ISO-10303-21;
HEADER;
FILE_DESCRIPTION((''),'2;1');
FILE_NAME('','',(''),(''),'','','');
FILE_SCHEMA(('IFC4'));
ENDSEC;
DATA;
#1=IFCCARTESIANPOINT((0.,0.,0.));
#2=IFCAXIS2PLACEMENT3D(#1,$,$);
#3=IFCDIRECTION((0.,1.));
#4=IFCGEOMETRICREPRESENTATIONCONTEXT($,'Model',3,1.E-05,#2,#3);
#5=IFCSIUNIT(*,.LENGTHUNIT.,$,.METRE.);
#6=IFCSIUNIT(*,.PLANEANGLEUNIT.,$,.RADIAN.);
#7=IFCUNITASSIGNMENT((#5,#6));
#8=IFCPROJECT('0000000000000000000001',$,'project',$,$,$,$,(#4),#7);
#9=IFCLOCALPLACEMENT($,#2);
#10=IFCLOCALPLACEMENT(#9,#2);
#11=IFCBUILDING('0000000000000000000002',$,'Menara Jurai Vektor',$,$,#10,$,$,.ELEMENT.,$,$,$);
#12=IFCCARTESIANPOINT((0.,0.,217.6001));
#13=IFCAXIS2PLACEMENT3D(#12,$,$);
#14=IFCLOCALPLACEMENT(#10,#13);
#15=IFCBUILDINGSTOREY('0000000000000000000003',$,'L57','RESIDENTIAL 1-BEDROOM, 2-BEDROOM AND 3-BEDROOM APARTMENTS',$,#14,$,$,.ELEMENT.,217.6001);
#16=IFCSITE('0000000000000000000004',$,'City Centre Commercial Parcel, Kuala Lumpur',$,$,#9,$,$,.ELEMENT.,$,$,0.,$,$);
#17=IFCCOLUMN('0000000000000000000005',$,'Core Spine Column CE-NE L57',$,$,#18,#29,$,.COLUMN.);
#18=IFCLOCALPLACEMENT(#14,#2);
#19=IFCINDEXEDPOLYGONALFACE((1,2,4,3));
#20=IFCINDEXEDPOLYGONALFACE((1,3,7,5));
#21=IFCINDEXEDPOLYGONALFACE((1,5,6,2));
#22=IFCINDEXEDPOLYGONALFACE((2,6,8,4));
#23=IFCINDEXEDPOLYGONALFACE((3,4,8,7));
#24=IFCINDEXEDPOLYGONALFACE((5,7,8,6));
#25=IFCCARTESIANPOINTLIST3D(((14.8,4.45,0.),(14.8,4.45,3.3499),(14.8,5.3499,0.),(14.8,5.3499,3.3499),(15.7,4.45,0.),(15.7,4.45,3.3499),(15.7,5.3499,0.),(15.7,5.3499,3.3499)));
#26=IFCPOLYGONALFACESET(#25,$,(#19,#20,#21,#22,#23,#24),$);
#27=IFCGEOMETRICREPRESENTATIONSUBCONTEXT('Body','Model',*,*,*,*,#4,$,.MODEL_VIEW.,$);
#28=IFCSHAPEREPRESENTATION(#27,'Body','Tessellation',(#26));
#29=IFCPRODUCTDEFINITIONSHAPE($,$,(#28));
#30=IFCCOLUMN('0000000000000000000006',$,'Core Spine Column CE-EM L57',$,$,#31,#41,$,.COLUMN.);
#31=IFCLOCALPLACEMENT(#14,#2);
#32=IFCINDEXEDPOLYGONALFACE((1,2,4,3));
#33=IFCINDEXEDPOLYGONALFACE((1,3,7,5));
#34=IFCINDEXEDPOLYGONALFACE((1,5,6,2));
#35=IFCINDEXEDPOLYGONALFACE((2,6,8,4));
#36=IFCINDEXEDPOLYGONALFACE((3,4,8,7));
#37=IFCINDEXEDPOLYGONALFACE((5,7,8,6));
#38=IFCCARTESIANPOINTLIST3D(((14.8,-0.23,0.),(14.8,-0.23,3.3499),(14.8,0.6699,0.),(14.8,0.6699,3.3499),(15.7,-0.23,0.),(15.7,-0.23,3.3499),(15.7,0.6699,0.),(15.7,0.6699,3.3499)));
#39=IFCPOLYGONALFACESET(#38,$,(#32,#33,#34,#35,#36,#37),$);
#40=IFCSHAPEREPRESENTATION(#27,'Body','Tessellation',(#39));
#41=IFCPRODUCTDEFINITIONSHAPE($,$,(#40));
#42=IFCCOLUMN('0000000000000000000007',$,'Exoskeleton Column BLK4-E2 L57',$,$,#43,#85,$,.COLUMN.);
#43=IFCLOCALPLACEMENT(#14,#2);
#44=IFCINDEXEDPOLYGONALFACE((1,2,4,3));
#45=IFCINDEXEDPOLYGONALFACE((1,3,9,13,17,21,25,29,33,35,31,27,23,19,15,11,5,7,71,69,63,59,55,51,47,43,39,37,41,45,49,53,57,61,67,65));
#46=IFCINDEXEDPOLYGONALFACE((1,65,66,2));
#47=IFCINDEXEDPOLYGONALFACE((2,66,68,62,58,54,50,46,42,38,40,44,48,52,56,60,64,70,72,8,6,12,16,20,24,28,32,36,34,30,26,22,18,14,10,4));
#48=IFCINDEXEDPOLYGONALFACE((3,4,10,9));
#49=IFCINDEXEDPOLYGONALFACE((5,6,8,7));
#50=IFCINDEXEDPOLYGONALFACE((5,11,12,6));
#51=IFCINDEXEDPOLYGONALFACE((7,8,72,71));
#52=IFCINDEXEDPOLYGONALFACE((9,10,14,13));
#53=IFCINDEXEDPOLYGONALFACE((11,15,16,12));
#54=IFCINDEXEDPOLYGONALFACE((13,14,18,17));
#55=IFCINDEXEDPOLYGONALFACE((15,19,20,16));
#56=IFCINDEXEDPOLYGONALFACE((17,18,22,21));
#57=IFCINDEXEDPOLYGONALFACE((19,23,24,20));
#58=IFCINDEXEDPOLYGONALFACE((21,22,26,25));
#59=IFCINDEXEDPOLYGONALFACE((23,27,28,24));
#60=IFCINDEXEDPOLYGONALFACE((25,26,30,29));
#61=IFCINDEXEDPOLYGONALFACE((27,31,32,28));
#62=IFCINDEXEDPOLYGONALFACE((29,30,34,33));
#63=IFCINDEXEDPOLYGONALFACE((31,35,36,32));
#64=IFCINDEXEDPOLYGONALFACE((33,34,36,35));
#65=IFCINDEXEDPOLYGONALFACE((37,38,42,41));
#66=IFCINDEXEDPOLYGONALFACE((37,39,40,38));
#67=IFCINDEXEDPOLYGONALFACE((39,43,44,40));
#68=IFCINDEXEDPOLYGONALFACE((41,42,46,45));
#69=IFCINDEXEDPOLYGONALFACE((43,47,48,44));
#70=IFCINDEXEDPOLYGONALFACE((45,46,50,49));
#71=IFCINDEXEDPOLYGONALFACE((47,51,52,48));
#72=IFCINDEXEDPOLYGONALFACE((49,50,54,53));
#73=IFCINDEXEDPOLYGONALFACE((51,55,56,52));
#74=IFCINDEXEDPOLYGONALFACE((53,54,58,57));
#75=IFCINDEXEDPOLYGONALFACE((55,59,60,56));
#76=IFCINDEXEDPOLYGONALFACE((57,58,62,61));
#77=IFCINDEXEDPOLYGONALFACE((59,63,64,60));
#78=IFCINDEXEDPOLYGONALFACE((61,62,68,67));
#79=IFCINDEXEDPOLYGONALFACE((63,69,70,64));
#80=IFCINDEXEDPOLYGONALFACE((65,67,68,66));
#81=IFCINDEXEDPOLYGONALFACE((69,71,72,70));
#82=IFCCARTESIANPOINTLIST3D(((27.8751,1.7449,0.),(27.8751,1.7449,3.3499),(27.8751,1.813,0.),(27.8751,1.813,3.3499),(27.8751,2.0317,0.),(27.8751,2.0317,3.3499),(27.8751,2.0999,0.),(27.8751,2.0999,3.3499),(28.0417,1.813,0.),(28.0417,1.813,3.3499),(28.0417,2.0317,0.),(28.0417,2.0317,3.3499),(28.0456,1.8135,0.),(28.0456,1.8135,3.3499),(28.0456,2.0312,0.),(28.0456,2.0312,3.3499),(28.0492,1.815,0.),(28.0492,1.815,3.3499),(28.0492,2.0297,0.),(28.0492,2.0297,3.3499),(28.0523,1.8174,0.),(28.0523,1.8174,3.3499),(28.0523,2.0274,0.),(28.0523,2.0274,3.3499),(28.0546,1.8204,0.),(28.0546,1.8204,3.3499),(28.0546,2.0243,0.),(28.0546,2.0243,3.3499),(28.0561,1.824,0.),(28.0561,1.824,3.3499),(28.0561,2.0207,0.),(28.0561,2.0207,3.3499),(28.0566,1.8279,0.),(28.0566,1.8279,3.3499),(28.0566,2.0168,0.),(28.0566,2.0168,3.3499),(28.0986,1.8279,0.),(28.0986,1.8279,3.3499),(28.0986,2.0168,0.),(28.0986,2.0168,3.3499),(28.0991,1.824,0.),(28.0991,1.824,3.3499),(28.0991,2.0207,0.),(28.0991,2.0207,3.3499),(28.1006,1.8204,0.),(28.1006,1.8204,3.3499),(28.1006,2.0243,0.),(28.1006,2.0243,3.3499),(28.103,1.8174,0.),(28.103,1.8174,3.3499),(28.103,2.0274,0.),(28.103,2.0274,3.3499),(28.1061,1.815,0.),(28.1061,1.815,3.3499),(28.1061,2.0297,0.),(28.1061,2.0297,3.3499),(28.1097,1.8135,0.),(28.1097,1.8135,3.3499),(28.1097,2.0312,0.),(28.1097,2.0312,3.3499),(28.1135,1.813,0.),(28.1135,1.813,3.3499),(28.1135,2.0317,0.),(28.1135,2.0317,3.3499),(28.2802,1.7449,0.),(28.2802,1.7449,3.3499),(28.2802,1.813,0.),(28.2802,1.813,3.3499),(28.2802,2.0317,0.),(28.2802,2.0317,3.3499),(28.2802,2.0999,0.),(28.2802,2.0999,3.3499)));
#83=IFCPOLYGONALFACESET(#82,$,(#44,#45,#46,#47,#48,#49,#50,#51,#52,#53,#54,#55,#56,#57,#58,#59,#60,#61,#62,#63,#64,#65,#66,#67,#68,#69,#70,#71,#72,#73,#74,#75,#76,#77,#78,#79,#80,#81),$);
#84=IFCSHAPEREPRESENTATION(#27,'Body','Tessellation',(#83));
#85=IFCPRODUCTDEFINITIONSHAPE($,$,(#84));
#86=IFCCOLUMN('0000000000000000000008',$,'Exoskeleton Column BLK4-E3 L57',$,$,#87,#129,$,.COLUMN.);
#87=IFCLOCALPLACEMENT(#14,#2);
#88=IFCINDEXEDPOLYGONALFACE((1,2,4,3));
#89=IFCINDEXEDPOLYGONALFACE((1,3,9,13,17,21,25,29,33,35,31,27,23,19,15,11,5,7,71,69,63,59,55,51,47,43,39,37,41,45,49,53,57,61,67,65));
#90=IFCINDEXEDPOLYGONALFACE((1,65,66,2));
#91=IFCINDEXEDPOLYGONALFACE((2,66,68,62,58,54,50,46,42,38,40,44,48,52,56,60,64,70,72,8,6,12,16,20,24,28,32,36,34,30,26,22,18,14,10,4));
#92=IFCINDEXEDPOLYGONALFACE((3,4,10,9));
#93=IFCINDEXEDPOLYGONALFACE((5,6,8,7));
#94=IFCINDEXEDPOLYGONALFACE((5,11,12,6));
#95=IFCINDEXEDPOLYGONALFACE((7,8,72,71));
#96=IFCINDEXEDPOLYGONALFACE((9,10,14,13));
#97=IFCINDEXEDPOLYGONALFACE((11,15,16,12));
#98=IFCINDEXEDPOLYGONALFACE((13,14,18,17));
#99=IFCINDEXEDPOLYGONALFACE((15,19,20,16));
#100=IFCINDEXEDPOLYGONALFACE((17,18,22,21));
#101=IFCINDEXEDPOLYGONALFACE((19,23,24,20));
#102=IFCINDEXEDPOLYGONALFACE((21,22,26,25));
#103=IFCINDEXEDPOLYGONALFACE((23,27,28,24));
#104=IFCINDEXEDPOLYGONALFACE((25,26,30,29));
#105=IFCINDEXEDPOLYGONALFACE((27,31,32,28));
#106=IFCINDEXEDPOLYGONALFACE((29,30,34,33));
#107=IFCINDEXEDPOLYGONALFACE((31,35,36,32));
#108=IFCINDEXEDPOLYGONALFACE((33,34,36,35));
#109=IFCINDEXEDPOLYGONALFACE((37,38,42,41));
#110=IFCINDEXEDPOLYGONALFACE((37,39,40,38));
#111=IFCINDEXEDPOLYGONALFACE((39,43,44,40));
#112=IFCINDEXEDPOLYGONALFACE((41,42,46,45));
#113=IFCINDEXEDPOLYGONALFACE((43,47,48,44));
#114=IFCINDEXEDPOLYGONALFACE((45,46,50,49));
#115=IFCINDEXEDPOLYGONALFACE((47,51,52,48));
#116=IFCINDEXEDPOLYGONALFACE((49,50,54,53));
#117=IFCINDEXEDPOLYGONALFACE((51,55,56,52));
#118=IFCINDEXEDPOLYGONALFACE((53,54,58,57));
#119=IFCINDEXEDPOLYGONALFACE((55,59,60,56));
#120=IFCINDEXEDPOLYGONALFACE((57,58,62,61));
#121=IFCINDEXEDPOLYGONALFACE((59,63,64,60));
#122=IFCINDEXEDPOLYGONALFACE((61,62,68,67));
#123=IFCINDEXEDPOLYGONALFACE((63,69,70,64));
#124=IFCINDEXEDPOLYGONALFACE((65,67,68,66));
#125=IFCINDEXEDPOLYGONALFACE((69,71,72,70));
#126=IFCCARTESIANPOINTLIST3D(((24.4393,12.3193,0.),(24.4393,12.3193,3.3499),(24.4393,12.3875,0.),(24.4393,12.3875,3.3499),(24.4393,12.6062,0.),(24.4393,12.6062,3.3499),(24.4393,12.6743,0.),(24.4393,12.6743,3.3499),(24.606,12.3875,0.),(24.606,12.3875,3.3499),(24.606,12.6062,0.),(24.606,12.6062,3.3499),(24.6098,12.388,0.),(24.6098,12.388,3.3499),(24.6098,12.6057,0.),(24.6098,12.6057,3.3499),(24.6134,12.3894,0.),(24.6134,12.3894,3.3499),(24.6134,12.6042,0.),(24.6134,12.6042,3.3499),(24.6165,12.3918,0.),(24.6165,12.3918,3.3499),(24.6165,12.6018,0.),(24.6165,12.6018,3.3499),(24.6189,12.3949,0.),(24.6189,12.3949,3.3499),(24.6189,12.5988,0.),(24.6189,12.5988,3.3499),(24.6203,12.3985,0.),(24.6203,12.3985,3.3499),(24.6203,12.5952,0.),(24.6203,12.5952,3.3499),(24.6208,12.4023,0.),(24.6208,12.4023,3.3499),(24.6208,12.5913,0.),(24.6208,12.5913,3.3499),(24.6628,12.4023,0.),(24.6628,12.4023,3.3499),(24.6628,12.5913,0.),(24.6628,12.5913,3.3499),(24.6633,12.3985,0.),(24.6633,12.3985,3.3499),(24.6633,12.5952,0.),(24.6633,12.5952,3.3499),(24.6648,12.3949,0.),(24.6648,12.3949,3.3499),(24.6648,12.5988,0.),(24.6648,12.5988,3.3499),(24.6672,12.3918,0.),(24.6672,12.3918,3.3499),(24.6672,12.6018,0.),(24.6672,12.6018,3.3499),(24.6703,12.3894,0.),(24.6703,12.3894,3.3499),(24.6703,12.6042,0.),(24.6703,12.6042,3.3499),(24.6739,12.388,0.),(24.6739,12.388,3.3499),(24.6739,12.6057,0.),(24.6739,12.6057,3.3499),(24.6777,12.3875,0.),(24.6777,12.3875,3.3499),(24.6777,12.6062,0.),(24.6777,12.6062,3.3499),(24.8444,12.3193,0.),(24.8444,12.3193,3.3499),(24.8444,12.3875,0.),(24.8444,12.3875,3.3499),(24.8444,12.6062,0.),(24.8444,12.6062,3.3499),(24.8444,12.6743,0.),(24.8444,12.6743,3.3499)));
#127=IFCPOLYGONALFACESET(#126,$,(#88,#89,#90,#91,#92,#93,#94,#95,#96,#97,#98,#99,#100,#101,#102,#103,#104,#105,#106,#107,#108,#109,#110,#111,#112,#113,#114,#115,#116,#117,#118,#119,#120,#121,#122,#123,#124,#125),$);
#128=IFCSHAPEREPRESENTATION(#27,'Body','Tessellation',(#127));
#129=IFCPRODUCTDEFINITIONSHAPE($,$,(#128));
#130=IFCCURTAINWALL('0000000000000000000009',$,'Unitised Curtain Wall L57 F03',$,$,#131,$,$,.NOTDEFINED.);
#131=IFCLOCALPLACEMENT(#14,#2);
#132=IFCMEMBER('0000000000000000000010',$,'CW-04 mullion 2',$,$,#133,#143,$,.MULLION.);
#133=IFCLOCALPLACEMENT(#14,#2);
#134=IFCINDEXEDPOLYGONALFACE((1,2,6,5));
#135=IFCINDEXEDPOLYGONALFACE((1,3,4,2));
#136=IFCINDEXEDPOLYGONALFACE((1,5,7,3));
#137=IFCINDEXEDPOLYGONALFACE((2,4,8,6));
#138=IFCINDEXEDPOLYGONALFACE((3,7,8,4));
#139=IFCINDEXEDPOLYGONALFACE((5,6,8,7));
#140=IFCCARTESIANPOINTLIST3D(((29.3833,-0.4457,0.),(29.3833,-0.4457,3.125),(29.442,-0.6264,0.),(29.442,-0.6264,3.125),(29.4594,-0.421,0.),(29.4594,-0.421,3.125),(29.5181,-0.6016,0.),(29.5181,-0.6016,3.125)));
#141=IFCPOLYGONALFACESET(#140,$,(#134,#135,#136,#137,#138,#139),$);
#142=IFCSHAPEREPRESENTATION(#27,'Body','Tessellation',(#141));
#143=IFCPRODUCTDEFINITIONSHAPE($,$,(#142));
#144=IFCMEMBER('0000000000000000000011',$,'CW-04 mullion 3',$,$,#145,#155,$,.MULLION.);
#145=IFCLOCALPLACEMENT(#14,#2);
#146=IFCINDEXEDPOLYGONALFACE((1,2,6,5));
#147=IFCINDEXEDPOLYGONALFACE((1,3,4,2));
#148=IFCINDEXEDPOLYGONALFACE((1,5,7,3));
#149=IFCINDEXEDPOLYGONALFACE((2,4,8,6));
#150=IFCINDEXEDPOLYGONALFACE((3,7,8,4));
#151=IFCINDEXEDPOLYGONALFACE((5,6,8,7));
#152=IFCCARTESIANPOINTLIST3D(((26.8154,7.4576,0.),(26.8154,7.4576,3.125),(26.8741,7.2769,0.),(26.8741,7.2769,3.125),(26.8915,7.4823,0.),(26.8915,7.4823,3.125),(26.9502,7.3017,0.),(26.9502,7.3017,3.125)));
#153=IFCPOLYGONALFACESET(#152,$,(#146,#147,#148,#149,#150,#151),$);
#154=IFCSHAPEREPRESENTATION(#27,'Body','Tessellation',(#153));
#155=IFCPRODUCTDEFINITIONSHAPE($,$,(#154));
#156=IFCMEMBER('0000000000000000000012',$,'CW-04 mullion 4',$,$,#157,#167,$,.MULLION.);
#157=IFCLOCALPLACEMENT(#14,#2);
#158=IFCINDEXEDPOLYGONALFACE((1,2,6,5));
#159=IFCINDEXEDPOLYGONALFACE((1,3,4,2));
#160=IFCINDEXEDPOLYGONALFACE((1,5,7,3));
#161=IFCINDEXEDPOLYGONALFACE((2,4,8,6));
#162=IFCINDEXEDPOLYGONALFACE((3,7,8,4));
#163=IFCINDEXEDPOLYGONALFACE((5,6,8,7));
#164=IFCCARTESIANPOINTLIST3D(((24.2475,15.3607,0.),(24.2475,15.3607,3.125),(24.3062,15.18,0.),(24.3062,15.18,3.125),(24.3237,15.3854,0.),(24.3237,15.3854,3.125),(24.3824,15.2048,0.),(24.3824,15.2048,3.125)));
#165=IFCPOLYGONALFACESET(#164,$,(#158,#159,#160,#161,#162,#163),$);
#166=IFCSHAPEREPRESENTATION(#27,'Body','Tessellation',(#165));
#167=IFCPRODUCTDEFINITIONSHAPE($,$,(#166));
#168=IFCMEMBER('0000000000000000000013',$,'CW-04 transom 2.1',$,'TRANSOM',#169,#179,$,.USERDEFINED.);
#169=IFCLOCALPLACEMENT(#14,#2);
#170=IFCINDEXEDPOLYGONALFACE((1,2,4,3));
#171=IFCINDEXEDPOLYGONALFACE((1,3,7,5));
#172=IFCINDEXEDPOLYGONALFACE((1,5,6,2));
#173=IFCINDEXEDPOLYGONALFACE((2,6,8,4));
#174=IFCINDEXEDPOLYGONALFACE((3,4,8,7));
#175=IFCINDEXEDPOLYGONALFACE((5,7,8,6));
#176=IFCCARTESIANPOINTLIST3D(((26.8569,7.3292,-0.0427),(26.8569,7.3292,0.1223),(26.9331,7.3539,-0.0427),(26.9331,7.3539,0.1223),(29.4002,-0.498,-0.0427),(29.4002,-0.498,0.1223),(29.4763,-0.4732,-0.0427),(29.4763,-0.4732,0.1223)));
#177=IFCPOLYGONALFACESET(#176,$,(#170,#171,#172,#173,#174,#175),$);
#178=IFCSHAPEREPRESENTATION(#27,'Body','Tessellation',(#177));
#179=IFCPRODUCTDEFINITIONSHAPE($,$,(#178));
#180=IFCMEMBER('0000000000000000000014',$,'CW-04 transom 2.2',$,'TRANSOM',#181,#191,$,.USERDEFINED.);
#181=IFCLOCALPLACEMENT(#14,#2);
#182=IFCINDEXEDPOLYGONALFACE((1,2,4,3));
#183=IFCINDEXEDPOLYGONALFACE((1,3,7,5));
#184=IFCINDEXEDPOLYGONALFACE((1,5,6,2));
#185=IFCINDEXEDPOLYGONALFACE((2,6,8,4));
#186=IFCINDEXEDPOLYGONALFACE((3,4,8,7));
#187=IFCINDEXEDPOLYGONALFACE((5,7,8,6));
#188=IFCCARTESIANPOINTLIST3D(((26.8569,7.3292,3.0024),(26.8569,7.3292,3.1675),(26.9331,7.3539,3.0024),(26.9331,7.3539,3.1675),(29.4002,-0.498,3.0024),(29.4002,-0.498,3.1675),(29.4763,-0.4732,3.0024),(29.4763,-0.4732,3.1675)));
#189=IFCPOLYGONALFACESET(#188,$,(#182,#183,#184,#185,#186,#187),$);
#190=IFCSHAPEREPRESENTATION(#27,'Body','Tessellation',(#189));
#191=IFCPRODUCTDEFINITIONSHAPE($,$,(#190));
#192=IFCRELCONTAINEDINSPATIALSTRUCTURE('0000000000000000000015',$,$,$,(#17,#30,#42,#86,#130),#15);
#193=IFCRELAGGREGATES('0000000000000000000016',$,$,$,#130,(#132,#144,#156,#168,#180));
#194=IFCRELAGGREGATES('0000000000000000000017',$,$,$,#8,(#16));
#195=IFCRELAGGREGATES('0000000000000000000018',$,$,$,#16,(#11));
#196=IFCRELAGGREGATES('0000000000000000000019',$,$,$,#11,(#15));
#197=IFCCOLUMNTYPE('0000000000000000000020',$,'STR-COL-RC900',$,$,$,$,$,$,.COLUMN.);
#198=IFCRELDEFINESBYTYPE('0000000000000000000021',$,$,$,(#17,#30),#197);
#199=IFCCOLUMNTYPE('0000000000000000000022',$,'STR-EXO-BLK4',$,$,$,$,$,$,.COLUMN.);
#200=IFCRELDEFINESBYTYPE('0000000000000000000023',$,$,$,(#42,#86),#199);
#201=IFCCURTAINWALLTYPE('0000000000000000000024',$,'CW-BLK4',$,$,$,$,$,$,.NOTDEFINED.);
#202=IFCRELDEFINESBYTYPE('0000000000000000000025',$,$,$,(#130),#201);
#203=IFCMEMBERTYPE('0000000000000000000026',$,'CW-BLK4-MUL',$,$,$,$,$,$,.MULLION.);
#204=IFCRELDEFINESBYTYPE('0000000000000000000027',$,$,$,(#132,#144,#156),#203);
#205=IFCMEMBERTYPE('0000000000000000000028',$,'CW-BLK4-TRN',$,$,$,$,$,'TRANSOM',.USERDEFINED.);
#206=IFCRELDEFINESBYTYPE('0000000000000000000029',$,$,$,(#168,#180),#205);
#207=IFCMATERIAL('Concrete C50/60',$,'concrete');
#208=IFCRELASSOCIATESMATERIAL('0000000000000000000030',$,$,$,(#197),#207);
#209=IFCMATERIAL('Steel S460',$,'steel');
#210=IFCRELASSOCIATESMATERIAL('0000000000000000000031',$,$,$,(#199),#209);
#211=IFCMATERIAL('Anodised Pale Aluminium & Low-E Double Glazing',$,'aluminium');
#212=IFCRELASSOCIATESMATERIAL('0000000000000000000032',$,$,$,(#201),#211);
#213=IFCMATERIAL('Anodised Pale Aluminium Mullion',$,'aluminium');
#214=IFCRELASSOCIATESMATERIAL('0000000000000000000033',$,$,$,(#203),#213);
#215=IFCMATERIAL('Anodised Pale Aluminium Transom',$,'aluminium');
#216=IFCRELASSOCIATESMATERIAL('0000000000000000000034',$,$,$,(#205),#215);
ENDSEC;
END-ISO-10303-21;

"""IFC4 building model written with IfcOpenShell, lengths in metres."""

from ifc_helpers import new_model, si_unit, direction, frame, origin, origin_2d, place, context, subcontext, project, spatial, rectangle, i_section, extrude, material, material_profile, profile_set, type_object, element, aggregate, save


model = new_model("IFC4")

# Units and contexts
model_context = context("Model", 3, precision=1e-05, world=origin(), true_north=direction((0.0, 1.0)))
body_context = subcontext(model_context, "Body", "Model", "MODEL_VIEW")
ifc_project = project(units=[si_unit("LENGTHUNIT", "METRE"), si_unit("PLANEANGLEUNIT", "RADIAN")], contexts=[model_context])

# Site, building, storey
site_placement = place(None, origin())
site = spatial("IfcSite", under=ifc_project, at=site_placement, Name="City Centre Commercial Parcel, Kuala Lumpur", CompositionType="ELEMENT", RefElevation=0.0)
building_placement = place(site_placement, origin())
building = spatial("IfcBuilding", under=site, at=building_placement, Name="Menara Jurai Vektor", CompositionType="ELEMENT")
storey_placement = place(building_placement, frame((0.0, 0.0, 217.6001)))
storey = spatial("IfcBuildingStorey", under=building, at=storey_placement, Name="L57", Description="RESIDENTIAL 1-BEDROOM, 2-BEDROOM AND 3-BEDROOM APARTMENTS", CompositionType="ELEMENT", Elevation=217.6001)

# Columns
ifc_material_1 = material(Name="Concrete C50/60", Category="concrete")
ifc_material_profile_1 = material_profile(ifc_material_1, rectangle(XDim=0.8999, YDim=0.8999, at=origin_2d()), Name="RC 900x900")
ifc_profile_set_1 = profile_set([ifc_material_profile_1], Name="Concrete C50/60")
column_type_1 = type_object("IfcColumnType", Name="STR-COL-RC900", PredefinedType="COLUMN", material=ifc_profile_set_1)
for number, where, z_axis, x_axis, name in (
    (1, (15.25, 4.8999, 0.0), (0.0, 0.0, 1.0), (1.0, 0.0, 0.0), "Core Spine Column CE-NE L57"),
    (2, (15.25, 0.22, 0.0), (0.0, 0.0, 1.0), (1.0, 0.0, 0.0), "Core Spine Column CE-EM L57"),
):
    element("IfcColumn", number, at=place(storey_placement, frame(where, z_axis=z_axis, x_axis=x_axis)), inside=storey, type_object=column_type_1, Name=name, PredefinedType="COLUMN", context=body_context, shape_type="SweptSolid", body=[
        extrude(rectangle(XDim=0.8999, YDim=0.8999, at=origin_2d()), origin(), (0.0, 0.0, 1.0), 3.3499),
    ])
ifc_material_2 = material(Name="Steel S460", Category="steel")
ifc_material_profile_2 = material_profile(ifc_material_2, i_section(OverallWidth=0.405, OverallDepth=0.355, WebThickness=0.042, FlangeThickness=0.0681, FilletRadius=0.0149, at=origin_2d()), Name="HD 400x551")
ifc_profile_set_2 = profile_set([ifc_material_profile_2], Name="Steel S460")
column_type_2 = type_object("IfcColumnType", Name="STR-EXO-BLK4", PredefinedType="COLUMN", material=ifc_profile_set_2)
for number, where, z_axis, x_axis, name in (
    (3, (28.0776, 1.9224, 0.0), (0.0, 0.0, 1.0), (1.0, 0.0, 0.0), "Exoskeleton Column BLK4-E2 L57"),
    (4, (24.6418, 12.4968, 0.0), (0.0, 0.0, 1.0), (1.0, 0.0, 0.0), "Exoskeleton Column BLK4-E3 L57"),
):
    element("IfcColumn", number, at=place(storey_placement, frame(where, z_axis=z_axis, x_axis=x_axis)), inside=storey, type_object=column_type_2, Name=name, PredefinedType="COLUMN", context=body_context, shape_type="SweptSolid", body=[
        extrude(i_section(OverallWidth=0.405, OverallDepth=0.355, WebThickness=0.042, FlangeThickness=0.0681, FilletRadius=0.0149, at=origin_2d()), origin(), (0.0, 0.0, 1.0), 3.3499),
    ])

# Curtain wall, members
ifc_material_3 = material(Name="Anodised Pale Aluminium & Low-E Double Glazing", Category="aluminium")
curtain_wall_type = type_object("IfcCurtainWallType", Name="CW-BLK4", PredefinedType="NOTDEFINED", material=ifc_material_3)
curtain_wall_placement = place(storey_placement, origin())
curtain_wall = element("IfcCurtainWall", 5, at=curtain_wall_placement, inside=storey, type_object=curtain_wall_type, Name="Unitised Curtain Wall L57 F03", PredefinedType="NOTDEFINED")
ifc_material_4 = material(Name="Anodised Pale Aluminium Mullion", Category="aluminium")
ifc_material_profile_3 = material_profile(ifc_material_4, rectangle(XDim=0.0801, YDim=0.1899, at=origin_2d()), Name="ALU MUL 80x190")
ifc_profile_set_3 = profile_set([ifc_material_profile_3], Name="Anodised Pale Aluminium Mullion")
member_type_1 = type_object("IfcMemberType", Name="CW-BLK4-MUL", PredefinedType="MULLION", material=ifc_profile_set_3)
member_1_placement = place(storey_placement, frame((29.4507, -0.5237, 0.0), z_axis=(0.0, 0.0, 1.0), x_axis=(-0.951057, -0.309016, 0.0)))
member_1 = element("IfcMember", 6, at=member_1_placement, type_object=member_type_1, Name="CW-04 mullion 2", PredefinedType="MULLION", context=body_context, shape_type="SweptSolid", body=[
    extrude(rectangle(XDim=0.0801, YDim=0.1899, at=origin_2d()), origin(), (0.0, 0.0, 1.0), 3.125),
])
member_2_placement = place(storey_placement, frame((26.8828, 7.3796, 0.0), z_axis=(0.0, 0.0, 1.0), x_axis=(-0.951057, -0.309016, 0.0)))
member_2 = element("IfcMember", 7, at=member_2_placement, type_object=member_type_1, Name="CW-04 mullion 3", PredefinedType="MULLION", context=body_context, shape_type="SweptSolid", body=[
    extrude(rectangle(XDim=0.0801, YDim=0.1899, at=origin_2d()), origin(), (0.0, 0.0, 1.0), 3.125),
])
member_3_placement = place(storey_placement, frame((24.3149, 15.2827, 0.0), z_axis=(0.0, 0.0, 1.0), x_axis=(-0.951057, -0.309016, 0.0)))
member_3 = element("IfcMember", 8, at=member_3_placement, type_object=member_type_1, Name="CW-04 mullion 4", PredefinedType="MULLION", context=body_context, shape_type="SweptSolid", body=[
    extrude(rectangle(XDim=0.0801, YDim=0.1899, at=origin_2d()), origin(), (0.0, 0.0, 1.0), 3.125),
])
ifc_material_5 = material(Name="Anodised Pale Aluminium Transom", Category="aluminium")
ifc_material_profile_4 = material_profile(ifc_material_5, rectangle(XDim=0.0801, YDim=0.165, at=origin_2d()), Name="ALU TRN 80x165")
ifc_profile_set_4 = profile_set([ifc_material_profile_4], Name="Anodised Pale Aluminium Transom")
member_type_2 = type_object("IfcMemberType", Name="CW-BLK4-TRN", ElementType="TRANSOM", PredefinedType="USERDEFINED", material=ifc_profile_set_4)
member_4_placement = place(storey_placement, frame((29.4382, -0.4856, 0.0398), z_axis=(-0.309019, 0.951056, 0.0), x_axis=(-0.951056, -0.309019, 0.0)))
member_4 = element("IfcMember", 9, at=member_4_placement, type_object=member_type_2, Name="CW-04 transom 2.1", ObjectType="TRANSOM", PredefinedType="USERDEFINED", context=body_context, shape_type="SweptSolid", body=[
    extrude(rectangle(XDim=0.0801, YDim=0.165, at=origin_2d()), origin(), (0.0, 0.0, 1.0), 8.23),
])
member_5_placement = place(storey_placement, frame((29.4382, -0.4856, 3.085), z_axis=(-0.309019, 0.951056, 0.0), x_axis=(-0.951056, -0.309019, 0.0)))
member_5 = element("IfcMember", 10, at=member_5_placement, type_object=member_type_2, Name="CW-04 transom 2.2", ObjectType="TRANSOM", PredefinedType="USERDEFINED", context=body_context, shape_type="SweptSolid", body=[
    extrude(rectangle(XDim=0.0801, YDim=0.165, at=origin_2d()), origin(), (0.0, 0.0, 1.0), 8.23),
])

aggregate(curtain_wall, [member_1, member_2, member_3, member_4, member_5])

save(model, "model.ifc")
